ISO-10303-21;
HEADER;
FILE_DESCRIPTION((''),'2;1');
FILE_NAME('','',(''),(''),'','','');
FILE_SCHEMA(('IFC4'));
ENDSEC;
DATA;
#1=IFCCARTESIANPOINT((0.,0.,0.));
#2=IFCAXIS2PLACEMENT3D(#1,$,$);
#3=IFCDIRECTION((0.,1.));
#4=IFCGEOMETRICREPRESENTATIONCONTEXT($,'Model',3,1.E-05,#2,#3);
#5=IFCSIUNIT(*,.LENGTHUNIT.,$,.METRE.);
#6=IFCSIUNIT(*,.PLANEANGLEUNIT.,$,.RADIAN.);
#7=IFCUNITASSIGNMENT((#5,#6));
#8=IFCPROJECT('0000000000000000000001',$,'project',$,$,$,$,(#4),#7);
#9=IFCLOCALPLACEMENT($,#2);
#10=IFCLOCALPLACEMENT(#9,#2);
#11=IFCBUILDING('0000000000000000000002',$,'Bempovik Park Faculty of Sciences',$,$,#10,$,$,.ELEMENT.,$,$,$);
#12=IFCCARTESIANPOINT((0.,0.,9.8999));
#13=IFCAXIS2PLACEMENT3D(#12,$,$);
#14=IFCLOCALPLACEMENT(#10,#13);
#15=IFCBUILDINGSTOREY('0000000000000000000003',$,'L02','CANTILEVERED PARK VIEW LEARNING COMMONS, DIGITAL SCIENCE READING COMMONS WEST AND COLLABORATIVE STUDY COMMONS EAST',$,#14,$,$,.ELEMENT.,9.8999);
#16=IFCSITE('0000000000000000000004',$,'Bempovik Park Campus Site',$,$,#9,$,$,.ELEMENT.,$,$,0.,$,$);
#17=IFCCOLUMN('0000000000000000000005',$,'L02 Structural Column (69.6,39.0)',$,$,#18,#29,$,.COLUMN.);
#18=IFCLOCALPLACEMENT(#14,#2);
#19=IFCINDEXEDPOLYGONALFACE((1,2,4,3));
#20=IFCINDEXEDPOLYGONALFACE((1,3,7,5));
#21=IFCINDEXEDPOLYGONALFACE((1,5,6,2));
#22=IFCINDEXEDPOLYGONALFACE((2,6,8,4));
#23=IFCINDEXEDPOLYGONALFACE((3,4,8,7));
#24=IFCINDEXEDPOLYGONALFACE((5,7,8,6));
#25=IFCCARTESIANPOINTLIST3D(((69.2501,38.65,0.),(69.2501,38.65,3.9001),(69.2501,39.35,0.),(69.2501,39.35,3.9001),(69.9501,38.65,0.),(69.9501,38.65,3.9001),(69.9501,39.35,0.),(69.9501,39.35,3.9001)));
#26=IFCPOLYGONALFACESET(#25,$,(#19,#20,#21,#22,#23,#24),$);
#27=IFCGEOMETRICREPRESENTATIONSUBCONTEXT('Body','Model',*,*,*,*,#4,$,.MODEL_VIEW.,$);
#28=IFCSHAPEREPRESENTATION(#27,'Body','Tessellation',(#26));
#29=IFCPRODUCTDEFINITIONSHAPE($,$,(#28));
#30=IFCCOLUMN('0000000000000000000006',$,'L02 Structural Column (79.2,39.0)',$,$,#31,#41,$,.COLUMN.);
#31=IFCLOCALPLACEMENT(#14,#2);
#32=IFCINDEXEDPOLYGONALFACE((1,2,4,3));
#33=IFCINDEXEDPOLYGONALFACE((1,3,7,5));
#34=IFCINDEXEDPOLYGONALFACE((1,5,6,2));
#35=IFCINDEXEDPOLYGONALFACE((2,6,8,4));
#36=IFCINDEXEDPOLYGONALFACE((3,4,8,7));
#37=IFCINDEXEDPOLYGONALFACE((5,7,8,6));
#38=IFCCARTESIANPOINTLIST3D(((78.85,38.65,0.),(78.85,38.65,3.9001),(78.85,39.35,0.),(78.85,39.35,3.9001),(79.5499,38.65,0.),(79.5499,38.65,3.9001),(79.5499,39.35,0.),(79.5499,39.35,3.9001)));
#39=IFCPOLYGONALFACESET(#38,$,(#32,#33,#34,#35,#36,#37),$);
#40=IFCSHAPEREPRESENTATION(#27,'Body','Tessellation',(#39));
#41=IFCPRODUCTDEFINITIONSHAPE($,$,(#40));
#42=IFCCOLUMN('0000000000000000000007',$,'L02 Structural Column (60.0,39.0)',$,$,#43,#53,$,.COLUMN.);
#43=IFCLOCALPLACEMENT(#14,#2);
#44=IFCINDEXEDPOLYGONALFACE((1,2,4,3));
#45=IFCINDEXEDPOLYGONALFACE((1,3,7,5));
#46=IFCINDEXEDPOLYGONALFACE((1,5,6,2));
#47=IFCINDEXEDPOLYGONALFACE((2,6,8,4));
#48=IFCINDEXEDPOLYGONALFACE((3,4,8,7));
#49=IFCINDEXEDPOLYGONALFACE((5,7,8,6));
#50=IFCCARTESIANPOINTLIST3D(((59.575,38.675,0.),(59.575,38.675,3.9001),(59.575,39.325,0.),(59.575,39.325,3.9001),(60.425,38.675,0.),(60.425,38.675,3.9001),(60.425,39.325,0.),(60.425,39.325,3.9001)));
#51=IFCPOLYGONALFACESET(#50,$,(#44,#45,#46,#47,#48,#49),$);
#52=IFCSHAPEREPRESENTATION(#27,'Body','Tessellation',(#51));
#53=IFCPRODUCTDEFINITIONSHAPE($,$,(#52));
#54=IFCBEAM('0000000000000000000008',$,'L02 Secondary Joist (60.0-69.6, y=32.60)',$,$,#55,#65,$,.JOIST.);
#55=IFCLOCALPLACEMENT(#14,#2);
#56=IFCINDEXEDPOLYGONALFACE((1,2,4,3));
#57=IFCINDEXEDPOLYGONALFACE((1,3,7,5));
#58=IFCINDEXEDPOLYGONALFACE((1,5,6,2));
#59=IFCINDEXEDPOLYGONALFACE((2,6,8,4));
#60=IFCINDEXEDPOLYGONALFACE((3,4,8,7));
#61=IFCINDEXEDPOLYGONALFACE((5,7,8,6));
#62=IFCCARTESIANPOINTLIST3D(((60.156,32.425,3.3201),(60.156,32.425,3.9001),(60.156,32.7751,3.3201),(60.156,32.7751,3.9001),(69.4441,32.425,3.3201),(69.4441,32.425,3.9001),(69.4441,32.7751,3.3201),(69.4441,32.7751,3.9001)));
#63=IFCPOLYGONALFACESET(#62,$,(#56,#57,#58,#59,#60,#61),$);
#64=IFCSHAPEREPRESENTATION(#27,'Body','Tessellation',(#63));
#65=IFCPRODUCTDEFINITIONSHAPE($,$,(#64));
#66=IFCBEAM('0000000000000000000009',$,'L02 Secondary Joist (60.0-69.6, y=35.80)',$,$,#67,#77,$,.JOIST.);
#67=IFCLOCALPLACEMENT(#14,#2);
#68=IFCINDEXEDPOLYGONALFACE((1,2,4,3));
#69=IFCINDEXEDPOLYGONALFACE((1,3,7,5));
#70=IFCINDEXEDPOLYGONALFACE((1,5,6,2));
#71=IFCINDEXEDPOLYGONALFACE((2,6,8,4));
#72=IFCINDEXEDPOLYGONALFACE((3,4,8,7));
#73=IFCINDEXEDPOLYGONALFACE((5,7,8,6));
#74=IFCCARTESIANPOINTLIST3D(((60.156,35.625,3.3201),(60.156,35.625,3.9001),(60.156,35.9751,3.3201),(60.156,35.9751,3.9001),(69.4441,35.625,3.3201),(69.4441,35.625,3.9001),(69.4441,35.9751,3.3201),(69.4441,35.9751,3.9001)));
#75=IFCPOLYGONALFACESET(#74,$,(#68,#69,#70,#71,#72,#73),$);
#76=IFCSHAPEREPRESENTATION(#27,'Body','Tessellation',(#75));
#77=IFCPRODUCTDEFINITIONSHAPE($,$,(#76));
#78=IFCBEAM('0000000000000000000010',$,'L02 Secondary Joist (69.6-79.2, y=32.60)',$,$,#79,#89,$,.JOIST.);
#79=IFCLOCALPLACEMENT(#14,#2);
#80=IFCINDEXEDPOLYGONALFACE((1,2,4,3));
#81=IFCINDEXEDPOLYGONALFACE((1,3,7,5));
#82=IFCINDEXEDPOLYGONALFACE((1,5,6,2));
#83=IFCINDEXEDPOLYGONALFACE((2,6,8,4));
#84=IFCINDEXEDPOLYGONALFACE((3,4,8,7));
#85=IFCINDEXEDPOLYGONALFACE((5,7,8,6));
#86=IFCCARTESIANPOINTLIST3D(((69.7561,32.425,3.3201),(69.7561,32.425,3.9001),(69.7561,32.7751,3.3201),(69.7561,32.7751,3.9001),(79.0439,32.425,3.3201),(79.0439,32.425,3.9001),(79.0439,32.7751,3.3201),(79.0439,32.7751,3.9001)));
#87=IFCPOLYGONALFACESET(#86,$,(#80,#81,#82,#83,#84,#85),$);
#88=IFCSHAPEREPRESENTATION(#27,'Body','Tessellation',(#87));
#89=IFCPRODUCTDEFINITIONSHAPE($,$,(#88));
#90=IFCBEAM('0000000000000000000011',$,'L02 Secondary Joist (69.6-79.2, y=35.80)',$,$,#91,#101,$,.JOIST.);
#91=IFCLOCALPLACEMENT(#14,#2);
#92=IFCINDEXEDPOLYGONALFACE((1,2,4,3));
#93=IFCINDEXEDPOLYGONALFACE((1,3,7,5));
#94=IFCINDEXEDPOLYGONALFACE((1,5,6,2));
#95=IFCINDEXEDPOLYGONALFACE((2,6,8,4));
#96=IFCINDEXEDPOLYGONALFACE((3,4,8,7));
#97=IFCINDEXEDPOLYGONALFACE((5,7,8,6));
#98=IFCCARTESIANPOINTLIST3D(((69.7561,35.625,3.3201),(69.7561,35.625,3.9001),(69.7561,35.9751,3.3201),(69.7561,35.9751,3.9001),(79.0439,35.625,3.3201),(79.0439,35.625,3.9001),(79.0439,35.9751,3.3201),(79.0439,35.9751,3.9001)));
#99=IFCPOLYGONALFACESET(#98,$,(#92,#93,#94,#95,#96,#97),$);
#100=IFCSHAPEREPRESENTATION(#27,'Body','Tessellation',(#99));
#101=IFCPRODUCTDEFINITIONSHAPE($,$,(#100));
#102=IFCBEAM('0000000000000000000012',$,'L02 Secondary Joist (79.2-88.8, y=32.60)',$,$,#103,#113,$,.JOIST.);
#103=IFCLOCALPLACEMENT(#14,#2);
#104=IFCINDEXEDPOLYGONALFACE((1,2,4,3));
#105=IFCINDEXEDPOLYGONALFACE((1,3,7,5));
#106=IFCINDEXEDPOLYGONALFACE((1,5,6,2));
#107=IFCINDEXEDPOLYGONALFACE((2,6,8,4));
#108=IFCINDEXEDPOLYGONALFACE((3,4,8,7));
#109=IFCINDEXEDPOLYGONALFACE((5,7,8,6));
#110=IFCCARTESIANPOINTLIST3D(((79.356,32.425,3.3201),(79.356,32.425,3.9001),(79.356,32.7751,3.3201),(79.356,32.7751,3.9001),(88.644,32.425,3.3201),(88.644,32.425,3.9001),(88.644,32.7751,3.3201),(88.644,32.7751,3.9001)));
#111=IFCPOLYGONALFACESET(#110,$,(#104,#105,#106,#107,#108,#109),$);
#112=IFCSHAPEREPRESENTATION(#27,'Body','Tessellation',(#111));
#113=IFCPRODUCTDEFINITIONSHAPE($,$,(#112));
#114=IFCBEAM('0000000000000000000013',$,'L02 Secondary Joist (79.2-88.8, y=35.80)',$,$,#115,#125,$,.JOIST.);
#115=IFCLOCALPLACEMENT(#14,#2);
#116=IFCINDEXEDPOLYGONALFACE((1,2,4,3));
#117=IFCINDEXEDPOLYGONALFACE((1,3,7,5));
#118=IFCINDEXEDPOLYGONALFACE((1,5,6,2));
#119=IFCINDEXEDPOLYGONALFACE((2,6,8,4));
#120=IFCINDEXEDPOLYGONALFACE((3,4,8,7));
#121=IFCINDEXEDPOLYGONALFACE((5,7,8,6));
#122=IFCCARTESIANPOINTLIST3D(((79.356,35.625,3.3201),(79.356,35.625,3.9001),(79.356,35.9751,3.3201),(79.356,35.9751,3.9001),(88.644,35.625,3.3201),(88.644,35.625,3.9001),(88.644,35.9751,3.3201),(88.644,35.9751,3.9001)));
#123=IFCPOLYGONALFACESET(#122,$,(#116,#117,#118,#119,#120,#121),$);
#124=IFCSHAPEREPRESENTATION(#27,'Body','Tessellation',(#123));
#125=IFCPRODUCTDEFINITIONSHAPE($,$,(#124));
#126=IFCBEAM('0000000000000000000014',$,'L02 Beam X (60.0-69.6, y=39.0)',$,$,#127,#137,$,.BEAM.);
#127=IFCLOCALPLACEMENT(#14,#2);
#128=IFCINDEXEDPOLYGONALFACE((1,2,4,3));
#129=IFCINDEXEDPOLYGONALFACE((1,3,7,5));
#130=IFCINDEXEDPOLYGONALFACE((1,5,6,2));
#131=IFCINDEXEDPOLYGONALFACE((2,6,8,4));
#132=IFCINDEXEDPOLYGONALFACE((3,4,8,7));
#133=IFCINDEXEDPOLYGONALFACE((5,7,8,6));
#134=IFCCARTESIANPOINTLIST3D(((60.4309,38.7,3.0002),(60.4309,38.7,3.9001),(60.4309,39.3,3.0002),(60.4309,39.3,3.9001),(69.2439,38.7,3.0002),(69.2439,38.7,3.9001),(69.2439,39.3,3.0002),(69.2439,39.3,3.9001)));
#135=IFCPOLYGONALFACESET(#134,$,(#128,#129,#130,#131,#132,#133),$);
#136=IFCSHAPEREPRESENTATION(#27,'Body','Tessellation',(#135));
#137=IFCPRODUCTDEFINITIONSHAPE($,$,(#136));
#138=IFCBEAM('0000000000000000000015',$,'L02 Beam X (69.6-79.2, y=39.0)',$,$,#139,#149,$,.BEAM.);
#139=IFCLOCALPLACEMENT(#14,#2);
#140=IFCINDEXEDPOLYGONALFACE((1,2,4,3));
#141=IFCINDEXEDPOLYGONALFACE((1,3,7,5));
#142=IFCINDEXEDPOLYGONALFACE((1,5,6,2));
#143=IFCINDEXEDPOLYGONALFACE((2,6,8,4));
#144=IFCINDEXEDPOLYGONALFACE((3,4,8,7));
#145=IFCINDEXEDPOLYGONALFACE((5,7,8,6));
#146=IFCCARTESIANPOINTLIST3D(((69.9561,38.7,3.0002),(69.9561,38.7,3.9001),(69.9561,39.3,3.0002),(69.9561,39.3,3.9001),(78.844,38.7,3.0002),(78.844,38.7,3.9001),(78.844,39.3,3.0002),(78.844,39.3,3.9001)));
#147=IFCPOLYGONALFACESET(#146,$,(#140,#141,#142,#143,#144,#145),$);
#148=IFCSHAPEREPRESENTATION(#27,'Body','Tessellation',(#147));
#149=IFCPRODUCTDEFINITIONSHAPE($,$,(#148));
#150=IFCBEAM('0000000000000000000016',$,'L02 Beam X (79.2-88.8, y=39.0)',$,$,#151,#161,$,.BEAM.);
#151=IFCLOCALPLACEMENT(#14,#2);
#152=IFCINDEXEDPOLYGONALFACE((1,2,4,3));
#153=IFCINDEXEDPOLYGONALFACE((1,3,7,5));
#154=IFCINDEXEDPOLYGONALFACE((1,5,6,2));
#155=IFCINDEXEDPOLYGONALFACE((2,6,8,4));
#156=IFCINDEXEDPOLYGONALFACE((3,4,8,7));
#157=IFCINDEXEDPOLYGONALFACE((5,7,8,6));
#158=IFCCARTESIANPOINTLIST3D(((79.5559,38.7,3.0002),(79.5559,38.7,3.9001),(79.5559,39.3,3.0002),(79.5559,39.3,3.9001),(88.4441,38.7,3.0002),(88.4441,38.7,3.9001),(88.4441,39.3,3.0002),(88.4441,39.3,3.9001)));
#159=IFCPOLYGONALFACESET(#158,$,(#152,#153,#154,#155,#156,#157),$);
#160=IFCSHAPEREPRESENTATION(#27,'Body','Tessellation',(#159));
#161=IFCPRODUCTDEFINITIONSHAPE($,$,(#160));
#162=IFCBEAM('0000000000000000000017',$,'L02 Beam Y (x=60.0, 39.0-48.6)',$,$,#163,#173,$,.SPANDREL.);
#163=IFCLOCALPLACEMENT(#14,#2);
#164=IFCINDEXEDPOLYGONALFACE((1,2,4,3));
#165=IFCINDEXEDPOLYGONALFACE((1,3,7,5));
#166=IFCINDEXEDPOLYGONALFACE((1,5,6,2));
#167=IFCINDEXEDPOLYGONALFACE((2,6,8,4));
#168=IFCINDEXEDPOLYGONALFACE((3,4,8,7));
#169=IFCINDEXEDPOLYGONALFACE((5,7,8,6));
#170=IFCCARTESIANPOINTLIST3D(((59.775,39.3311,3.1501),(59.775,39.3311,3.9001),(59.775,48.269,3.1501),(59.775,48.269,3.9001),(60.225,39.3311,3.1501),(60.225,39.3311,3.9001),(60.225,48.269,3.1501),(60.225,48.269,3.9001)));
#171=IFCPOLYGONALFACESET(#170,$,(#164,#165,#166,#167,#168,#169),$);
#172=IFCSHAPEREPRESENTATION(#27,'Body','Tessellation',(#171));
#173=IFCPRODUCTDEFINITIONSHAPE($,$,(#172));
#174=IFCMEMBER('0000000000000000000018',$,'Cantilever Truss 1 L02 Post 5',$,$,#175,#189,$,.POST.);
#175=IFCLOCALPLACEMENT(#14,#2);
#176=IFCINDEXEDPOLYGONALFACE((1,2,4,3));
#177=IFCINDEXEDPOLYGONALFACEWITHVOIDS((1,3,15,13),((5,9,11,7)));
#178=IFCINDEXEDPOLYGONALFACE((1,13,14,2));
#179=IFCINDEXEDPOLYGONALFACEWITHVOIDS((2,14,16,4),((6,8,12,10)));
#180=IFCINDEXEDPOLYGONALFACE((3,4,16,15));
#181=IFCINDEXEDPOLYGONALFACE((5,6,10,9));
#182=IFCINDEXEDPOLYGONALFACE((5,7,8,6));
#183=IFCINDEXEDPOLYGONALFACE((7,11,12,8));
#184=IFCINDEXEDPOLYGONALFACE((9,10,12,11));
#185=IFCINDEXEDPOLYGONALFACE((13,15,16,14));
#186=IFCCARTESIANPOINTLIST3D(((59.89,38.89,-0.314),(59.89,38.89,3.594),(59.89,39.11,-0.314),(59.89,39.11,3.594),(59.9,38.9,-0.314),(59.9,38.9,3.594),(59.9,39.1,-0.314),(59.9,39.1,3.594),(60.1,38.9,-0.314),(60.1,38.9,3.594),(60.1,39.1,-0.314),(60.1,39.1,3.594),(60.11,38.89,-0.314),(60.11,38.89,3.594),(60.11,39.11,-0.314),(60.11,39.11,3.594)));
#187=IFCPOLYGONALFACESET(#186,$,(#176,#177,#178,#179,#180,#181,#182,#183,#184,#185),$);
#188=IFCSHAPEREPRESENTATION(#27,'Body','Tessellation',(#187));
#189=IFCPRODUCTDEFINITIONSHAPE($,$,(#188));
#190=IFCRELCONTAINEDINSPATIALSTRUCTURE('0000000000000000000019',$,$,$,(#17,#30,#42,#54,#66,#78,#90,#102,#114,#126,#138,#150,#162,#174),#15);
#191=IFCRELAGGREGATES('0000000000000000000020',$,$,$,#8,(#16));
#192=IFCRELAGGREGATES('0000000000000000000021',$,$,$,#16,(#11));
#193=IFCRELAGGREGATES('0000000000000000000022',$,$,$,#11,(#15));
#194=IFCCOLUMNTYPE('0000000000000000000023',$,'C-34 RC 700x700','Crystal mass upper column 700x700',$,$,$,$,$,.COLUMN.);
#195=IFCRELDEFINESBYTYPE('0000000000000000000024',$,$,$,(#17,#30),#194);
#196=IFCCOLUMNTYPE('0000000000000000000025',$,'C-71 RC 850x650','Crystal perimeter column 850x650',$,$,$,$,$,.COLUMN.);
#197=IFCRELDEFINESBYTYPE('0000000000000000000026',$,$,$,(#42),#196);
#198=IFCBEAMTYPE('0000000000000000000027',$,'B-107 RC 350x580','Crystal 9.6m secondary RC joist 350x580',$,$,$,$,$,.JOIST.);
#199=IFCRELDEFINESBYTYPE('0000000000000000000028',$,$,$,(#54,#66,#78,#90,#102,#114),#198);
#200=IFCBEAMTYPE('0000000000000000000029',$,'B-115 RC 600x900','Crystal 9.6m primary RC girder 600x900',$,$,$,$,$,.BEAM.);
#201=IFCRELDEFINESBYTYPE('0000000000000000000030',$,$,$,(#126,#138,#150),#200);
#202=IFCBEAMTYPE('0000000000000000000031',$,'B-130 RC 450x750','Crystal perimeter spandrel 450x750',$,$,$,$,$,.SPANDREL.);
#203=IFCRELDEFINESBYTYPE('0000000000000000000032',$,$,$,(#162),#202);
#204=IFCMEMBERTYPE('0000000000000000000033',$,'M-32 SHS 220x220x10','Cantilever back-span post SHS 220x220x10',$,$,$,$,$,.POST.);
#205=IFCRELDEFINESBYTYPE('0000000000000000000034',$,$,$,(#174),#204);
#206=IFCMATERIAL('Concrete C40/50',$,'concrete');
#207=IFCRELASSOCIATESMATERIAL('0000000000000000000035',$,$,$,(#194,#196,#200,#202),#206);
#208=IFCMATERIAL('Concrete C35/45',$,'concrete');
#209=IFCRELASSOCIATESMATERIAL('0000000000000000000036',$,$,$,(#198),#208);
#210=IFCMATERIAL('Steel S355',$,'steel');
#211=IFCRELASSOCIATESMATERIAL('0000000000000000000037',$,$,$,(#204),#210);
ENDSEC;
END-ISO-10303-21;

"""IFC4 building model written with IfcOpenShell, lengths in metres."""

from ifc_helpers import new_model, si_unit, direction, frame, origin, origin_2d, place, context, subcontext, project, spatial, rectangle, hollow_rectangle, extrude, material, material_profile, profile_set, type_object, element, save


model = new_model("IFC4")

# Units and contexts
model_context = context("Model", 3, precision=1e-05, world=origin(), true_north=direction((0.0, 1.0)))
body_context = subcontext(model_context, "Body", "Model", "MODEL_VIEW")
ifc_project = project(units=[si_unit("LENGTHUNIT", "METRE"), si_unit("PLANEANGLEUNIT", "RADIAN")], contexts=[model_context])

# Site, building, storey
site_placement = place(None, origin())
site = spatial("IfcSite", under=ifc_project, at=site_placement, Name="Bempovik Park Campus Site", CompositionType="ELEMENT", RefElevation=0.0)
building_placement = place(site_placement, origin())
building = spatial("IfcBuilding", under=site, at=building_placement, Name="Bempovik Park Faculty of Sciences", CompositionType="ELEMENT")
storey_placement = place(building_placement, frame((0.0, 0.0, 9.8999)))
storey = spatial("IfcBuildingStorey", under=building, at=storey_placement, Name="L02", Description="CANTILEVERED PARK VIEW LEARNING COMMONS, DIGITAL SCIENCE READING COMMONS WEST AND COLLABORATIVE STUDY COMMONS EAST", CompositionType="ELEMENT", Elevation=9.8999)

# Columns
ifc_material_1 = material(Name="Concrete C40/50", Category="concrete")
ifc_material_profile_1 = material_profile(ifc_material_1, rectangle(XDim=0.7, YDim=0.7, at=origin_2d()), Name="RC 700x700")
ifc_profile_set_1 = profile_set([ifc_material_profile_1], Name="Concrete C40/50")
column_type_1 = type_object("IfcColumnType", Name="C-34 RC 700x700", Description="Crystal mass upper column 700x700", PredefinedType="COLUMN", material=ifc_profile_set_1)
for number, where, z_axis, x_axis, name in (
    (1, (69.6001, 39.0, 0.0), (0.0, 0.0, 1.0), (1.0, 0.0, 0.0), "L02 Structural Column (69.6,39.0)"),
    (2, (79.2, 39.0, 0.0), (0.0, 0.0, 1.0), (1.0, 0.0, 0.0), "L02 Structural Column (79.2,39.0)"),
):
    element("IfcColumn", number, at=place(storey_placement, frame(where, z_axis=z_axis, x_axis=x_axis)), inside=storey, type_object=column_type_1, Name=name, PredefinedType="COLUMN", context=body_context, shape_type="SweptSolid", body=[
        extrude(rectangle(XDim=0.7, YDim=0.7, at=origin_2d()), origin(), (0.0, 0.0, 1.0), 3.9001),
    ])
ifc_material_profile_2 = material_profile(ifc_material_1, rectangle(XDim=0.8501, YDim=0.6499, at=origin_2d()), Name="RC 850x650")
ifc_profile_set_2 = profile_set([ifc_material_profile_2], Name="Concrete C40/50")
column_type_2 = type_object("IfcColumnType", Name="C-71 RC 850x650", Description="Crystal perimeter column 850x650", PredefinedType="COLUMN", material=ifc_profile_set_2)
column_placement = place(storey_placement, frame((60.0, 39.0, 0.0), z_axis=(0.0, 0.0, 1.0), x_axis=(1.0, 0.0, 0.0)))
element("IfcColumn", 3, at=column_placement, inside=storey, type_object=column_type_2, Name="L02 Structural Column (60.0,39.0)", PredefinedType="COLUMN", context=body_context, shape_type="SweptSolid", body=[
    extrude(rectangle(XDim=0.8501, YDim=0.6499, at=origin_2d()), origin(), (0.0, 0.0, 1.0), 3.9001),
])

# Beams
ifc_material_2 = material(Name="Concrete C35/45", Category="concrete")
ifc_material_profile_3 = material_profile(ifc_material_2, rectangle(XDim=0.3501, YDim=0.5801, at=origin_2d()), Name="RC 350x580")
ifc_profile_set_3 = profile_set([ifc_material_profile_3], Name="Concrete C35/45")
beam_type_1 = type_object("IfcBeamType", Name="B-107 RC 350x580", Description="Crystal 9.6m secondary RC joist 350x580", PredefinedType="JOIST", material=ifc_profile_set_3)
for number, where, z_axis, x_axis, name in (
    (4, (60.156, 32.6001, 3.6101), (1.0, 0.0, 0.0), (0.0, 1.0, 0.0), "L02 Secondary Joist (60.0-69.6, y=32.60)"),
    (5, (60.156, 35.8, 3.6101), (1.0, 0.0, 0.0), (0.0, 1.0, 0.0), "L02 Secondary Joist (60.0-69.6, y=35.80)"),
):
    element("IfcBeam", number, at=place(storey_placement, frame(where, z_axis=z_axis, x_axis=x_axis)), inside=storey, type_object=beam_type_1, Name=name, PredefinedType="JOIST", context=body_context, shape_type="SweptSolid", body=[
        extrude(rectangle(XDim=0.3501, YDim=0.5801, at=origin_2d()), origin(), (0.0, 0.0, 1.0), 9.2881),
    ])
for number, where, z_axis, x_axis, name in (
    (6, (69.7561, 32.6001, 3.6101), (1.0, 0.0, 0.0), (0.0, 1.0, 0.0), "L02 Secondary Joist (69.6-79.2, y=32.60)"),
    (7, (69.7561, 35.8, 3.6101), (1.0, 0.0, 0.0), (0.0, 1.0, 0.0), "L02 Secondary Joist (69.6-79.2, y=35.80)"),
):
    element("IfcBeam", number, at=place(storey_placement, frame(where, z_axis=z_axis, x_axis=x_axis)), inside=storey, type_object=beam_type_1, Name=name, PredefinedType="JOIST", context=body_context, shape_type="SweptSolid", body=[
        extrude(rectangle(XDim=0.3501, YDim=0.5801, at=origin_2d()), origin(), (0.0, 0.0, 1.0), 9.2878),
    ])
for number, where, z_axis, x_axis, name in (
    (8, (79.356, 32.6001, 3.6101), (1.0, 0.0, 0.0), (0.0, 1.0, 0.0), "L02 Secondary Joist (79.2-88.8, y=32.60)"),
    (9, (79.356, 35.8, 3.6101), (1.0, 0.0, 0.0), (0.0, 1.0, 0.0), "L02 Secondary Joist (79.2-88.8, y=35.80)"),
):
    element("IfcBeam", number, at=place(storey_placement, frame(where, z_axis=z_axis, x_axis=x_axis)), inside=storey, type_object=beam_type_1, Name=name, PredefinedType="JOIST", context=body_context, shape_type="SweptSolid", body=[
        extrude(rectangle(XDim=0.3501, YDim=0.5801, at=origin_2d()), origin(), (0.0, 0.0, 1.0), 9.2881),
    ])
ifc_material_profile_4 = material_profile(ifc_material_1, rectangle(XDim=0.6001, YDim=0.8999, at=origin_2d()), Name="RC 600x900")
ifc_profile_set_4 = profile_set([ifc_material_profile_4], Name="Concrete C40/50")
beam_type_2 = type_object("IfcBeamType", Name="B-115 RC 600x900", Description="Crystal 9.6m primary RC girder 600x900", PredefinedType="BEAM", material=ifc_profile_set_4)
beam_1_placement = place(storey_placement, frame((60.4309, 39.0, 3.4502), z_axis=(1.0, 0.0, 0.0), x_axis=(0.0, 1.0, 0.0)))
element("IfcBeam", 10, at=beam_1_placement, inside=storey, type_object=beam_type_2, Name="L02 Beam X (60.0-69.6, y=39.0)", PredefinedType="BEAM", context=body_context, shape_type="SweptSolid", body=[
    extrude(rectangle(XDim=0.6001, YDim=0.8999, at=origin_2d()), origin(), (0.0, 0.0, 1.0), 8.813),
])
beam_2_placement = place(storey_placement, frame((69.9561, 39.0, 3.4502), z_axis=(1.0, 0.0, 0.0), x_axis=(0.0, 1.0, 0.0)))
element("IfcBeam", 11, at=beam_2_placement, inside=storey, type_object=beam_type_2, Name="L02 Beam X (69.6-79.2, y=39.0)", PredefinedType="BEAM", context=body_context, shape_type="SweptSolid", body=[
    extrude(rectangle(XDim=0.6001, YDim=0.8999, at=origin_2d()), origin(), (0.0, 0.0, 1.0), 8.8879),
])
beam_3_placement = place(storey_placement, frame((79.5559, 39.0, 3.4502), z_axis=(1.0, 0.0, 0.0), x_axis=(0.0, 1.0, 0.0)))
element("IfcBeam", 12, at=beam_3_placement, inside=storey, type_object=beam_type_2, Name="L02 Beam X (79.2-88.8, y=39.0)", PredefinedType="BEAM", context=body_context, shape_type="SweptSolid", body=[
    extrude(rectangle(XDim=0.6001, YDim=0.8999, at=origin_2d()), origin(), (0.0, 0.0, 1.0), 8.8882),
])
ifc_material_profile_5 = material_profile(ifc_material_1, rectangle(XDim=0.45, YDim=0.75, at=origin_2d()), Name="RC 450x750")
ifc_profile_set_5 = profile_set([ifc_material_profile_5], Name="Concrete C40/50")
beam_type_3 = type_object("IfcBeamType", Name="B-130 RC 450x750", Description="Crystal perimeter spandrel 450x750", PredefinedType="SPANDREL", material=ifc_profile_set_5)
beam_4_placement = place(storey_placement, frame((60.0, 39.3311, 3.5251), z_axis=(0.0, 1.0, 0.0), x_axis=(-1.0, 0.0, 0.0)))
element("IfcBeam", 13, at=beam_4_placement, inside=storey, type_object=beam_type_3, Name="L02 Beam Y (x=60.0, 39.0-48.6)", PredefinedType="SPANDREL", context=body_context, shape_type="SweptSolid", body=[
    extrude(rectangle(XDim=0.45, YDim=0.75, at=origin_2d()), origin(), (0.0, 0.0, 1.0), 8.938),
])

# Member
ifc_material_3 = material(Name="Steel S355", Category="steel")
ifc_material_profile_6 = material_profile(ifc_material_3, hollow_rectangle(XDim=0.22, YDim=0.22, WallThickness=0.01, at=origin_2d()), Name="SHS 220x220x10")
ifc_profile_set_6 = profile_set([ifc_material_profile_6], Name="Steel S355")
member_type_1 = type_object("IfcMemberType", Name="M-32 SHS 220x220x10", Description="Cantilever back-span post SHS 220x220x10", PredefinedType="POST", material=ifc_profile_set_6)
for number, where, z_axis, x_axis, name in (
    (14, (60.0, 39.0, -0.314), (0.0, 0.0, 1.0), (1.0, 0.0, 0.0), "Cantilever Truss 1 L02 Post 5"),
):
    element("IfcMember", number, at=place(storey_placement, frame(where, z_axis=z_axis, x_axis=x_axis)), inside=storey, type_object=member_type_1, Name=name, PredefinedType="POST", context=body_context, shape_type="SweptSolid", body=[
        extrude(hollow_rectangle(XDim=0.22, YDim=0.22, WallThickness=0.01, at=origin_2d()), origin(), (0.0, 0.0, 1.0), 3.908),
    ])

save(model, "model.ifc")
